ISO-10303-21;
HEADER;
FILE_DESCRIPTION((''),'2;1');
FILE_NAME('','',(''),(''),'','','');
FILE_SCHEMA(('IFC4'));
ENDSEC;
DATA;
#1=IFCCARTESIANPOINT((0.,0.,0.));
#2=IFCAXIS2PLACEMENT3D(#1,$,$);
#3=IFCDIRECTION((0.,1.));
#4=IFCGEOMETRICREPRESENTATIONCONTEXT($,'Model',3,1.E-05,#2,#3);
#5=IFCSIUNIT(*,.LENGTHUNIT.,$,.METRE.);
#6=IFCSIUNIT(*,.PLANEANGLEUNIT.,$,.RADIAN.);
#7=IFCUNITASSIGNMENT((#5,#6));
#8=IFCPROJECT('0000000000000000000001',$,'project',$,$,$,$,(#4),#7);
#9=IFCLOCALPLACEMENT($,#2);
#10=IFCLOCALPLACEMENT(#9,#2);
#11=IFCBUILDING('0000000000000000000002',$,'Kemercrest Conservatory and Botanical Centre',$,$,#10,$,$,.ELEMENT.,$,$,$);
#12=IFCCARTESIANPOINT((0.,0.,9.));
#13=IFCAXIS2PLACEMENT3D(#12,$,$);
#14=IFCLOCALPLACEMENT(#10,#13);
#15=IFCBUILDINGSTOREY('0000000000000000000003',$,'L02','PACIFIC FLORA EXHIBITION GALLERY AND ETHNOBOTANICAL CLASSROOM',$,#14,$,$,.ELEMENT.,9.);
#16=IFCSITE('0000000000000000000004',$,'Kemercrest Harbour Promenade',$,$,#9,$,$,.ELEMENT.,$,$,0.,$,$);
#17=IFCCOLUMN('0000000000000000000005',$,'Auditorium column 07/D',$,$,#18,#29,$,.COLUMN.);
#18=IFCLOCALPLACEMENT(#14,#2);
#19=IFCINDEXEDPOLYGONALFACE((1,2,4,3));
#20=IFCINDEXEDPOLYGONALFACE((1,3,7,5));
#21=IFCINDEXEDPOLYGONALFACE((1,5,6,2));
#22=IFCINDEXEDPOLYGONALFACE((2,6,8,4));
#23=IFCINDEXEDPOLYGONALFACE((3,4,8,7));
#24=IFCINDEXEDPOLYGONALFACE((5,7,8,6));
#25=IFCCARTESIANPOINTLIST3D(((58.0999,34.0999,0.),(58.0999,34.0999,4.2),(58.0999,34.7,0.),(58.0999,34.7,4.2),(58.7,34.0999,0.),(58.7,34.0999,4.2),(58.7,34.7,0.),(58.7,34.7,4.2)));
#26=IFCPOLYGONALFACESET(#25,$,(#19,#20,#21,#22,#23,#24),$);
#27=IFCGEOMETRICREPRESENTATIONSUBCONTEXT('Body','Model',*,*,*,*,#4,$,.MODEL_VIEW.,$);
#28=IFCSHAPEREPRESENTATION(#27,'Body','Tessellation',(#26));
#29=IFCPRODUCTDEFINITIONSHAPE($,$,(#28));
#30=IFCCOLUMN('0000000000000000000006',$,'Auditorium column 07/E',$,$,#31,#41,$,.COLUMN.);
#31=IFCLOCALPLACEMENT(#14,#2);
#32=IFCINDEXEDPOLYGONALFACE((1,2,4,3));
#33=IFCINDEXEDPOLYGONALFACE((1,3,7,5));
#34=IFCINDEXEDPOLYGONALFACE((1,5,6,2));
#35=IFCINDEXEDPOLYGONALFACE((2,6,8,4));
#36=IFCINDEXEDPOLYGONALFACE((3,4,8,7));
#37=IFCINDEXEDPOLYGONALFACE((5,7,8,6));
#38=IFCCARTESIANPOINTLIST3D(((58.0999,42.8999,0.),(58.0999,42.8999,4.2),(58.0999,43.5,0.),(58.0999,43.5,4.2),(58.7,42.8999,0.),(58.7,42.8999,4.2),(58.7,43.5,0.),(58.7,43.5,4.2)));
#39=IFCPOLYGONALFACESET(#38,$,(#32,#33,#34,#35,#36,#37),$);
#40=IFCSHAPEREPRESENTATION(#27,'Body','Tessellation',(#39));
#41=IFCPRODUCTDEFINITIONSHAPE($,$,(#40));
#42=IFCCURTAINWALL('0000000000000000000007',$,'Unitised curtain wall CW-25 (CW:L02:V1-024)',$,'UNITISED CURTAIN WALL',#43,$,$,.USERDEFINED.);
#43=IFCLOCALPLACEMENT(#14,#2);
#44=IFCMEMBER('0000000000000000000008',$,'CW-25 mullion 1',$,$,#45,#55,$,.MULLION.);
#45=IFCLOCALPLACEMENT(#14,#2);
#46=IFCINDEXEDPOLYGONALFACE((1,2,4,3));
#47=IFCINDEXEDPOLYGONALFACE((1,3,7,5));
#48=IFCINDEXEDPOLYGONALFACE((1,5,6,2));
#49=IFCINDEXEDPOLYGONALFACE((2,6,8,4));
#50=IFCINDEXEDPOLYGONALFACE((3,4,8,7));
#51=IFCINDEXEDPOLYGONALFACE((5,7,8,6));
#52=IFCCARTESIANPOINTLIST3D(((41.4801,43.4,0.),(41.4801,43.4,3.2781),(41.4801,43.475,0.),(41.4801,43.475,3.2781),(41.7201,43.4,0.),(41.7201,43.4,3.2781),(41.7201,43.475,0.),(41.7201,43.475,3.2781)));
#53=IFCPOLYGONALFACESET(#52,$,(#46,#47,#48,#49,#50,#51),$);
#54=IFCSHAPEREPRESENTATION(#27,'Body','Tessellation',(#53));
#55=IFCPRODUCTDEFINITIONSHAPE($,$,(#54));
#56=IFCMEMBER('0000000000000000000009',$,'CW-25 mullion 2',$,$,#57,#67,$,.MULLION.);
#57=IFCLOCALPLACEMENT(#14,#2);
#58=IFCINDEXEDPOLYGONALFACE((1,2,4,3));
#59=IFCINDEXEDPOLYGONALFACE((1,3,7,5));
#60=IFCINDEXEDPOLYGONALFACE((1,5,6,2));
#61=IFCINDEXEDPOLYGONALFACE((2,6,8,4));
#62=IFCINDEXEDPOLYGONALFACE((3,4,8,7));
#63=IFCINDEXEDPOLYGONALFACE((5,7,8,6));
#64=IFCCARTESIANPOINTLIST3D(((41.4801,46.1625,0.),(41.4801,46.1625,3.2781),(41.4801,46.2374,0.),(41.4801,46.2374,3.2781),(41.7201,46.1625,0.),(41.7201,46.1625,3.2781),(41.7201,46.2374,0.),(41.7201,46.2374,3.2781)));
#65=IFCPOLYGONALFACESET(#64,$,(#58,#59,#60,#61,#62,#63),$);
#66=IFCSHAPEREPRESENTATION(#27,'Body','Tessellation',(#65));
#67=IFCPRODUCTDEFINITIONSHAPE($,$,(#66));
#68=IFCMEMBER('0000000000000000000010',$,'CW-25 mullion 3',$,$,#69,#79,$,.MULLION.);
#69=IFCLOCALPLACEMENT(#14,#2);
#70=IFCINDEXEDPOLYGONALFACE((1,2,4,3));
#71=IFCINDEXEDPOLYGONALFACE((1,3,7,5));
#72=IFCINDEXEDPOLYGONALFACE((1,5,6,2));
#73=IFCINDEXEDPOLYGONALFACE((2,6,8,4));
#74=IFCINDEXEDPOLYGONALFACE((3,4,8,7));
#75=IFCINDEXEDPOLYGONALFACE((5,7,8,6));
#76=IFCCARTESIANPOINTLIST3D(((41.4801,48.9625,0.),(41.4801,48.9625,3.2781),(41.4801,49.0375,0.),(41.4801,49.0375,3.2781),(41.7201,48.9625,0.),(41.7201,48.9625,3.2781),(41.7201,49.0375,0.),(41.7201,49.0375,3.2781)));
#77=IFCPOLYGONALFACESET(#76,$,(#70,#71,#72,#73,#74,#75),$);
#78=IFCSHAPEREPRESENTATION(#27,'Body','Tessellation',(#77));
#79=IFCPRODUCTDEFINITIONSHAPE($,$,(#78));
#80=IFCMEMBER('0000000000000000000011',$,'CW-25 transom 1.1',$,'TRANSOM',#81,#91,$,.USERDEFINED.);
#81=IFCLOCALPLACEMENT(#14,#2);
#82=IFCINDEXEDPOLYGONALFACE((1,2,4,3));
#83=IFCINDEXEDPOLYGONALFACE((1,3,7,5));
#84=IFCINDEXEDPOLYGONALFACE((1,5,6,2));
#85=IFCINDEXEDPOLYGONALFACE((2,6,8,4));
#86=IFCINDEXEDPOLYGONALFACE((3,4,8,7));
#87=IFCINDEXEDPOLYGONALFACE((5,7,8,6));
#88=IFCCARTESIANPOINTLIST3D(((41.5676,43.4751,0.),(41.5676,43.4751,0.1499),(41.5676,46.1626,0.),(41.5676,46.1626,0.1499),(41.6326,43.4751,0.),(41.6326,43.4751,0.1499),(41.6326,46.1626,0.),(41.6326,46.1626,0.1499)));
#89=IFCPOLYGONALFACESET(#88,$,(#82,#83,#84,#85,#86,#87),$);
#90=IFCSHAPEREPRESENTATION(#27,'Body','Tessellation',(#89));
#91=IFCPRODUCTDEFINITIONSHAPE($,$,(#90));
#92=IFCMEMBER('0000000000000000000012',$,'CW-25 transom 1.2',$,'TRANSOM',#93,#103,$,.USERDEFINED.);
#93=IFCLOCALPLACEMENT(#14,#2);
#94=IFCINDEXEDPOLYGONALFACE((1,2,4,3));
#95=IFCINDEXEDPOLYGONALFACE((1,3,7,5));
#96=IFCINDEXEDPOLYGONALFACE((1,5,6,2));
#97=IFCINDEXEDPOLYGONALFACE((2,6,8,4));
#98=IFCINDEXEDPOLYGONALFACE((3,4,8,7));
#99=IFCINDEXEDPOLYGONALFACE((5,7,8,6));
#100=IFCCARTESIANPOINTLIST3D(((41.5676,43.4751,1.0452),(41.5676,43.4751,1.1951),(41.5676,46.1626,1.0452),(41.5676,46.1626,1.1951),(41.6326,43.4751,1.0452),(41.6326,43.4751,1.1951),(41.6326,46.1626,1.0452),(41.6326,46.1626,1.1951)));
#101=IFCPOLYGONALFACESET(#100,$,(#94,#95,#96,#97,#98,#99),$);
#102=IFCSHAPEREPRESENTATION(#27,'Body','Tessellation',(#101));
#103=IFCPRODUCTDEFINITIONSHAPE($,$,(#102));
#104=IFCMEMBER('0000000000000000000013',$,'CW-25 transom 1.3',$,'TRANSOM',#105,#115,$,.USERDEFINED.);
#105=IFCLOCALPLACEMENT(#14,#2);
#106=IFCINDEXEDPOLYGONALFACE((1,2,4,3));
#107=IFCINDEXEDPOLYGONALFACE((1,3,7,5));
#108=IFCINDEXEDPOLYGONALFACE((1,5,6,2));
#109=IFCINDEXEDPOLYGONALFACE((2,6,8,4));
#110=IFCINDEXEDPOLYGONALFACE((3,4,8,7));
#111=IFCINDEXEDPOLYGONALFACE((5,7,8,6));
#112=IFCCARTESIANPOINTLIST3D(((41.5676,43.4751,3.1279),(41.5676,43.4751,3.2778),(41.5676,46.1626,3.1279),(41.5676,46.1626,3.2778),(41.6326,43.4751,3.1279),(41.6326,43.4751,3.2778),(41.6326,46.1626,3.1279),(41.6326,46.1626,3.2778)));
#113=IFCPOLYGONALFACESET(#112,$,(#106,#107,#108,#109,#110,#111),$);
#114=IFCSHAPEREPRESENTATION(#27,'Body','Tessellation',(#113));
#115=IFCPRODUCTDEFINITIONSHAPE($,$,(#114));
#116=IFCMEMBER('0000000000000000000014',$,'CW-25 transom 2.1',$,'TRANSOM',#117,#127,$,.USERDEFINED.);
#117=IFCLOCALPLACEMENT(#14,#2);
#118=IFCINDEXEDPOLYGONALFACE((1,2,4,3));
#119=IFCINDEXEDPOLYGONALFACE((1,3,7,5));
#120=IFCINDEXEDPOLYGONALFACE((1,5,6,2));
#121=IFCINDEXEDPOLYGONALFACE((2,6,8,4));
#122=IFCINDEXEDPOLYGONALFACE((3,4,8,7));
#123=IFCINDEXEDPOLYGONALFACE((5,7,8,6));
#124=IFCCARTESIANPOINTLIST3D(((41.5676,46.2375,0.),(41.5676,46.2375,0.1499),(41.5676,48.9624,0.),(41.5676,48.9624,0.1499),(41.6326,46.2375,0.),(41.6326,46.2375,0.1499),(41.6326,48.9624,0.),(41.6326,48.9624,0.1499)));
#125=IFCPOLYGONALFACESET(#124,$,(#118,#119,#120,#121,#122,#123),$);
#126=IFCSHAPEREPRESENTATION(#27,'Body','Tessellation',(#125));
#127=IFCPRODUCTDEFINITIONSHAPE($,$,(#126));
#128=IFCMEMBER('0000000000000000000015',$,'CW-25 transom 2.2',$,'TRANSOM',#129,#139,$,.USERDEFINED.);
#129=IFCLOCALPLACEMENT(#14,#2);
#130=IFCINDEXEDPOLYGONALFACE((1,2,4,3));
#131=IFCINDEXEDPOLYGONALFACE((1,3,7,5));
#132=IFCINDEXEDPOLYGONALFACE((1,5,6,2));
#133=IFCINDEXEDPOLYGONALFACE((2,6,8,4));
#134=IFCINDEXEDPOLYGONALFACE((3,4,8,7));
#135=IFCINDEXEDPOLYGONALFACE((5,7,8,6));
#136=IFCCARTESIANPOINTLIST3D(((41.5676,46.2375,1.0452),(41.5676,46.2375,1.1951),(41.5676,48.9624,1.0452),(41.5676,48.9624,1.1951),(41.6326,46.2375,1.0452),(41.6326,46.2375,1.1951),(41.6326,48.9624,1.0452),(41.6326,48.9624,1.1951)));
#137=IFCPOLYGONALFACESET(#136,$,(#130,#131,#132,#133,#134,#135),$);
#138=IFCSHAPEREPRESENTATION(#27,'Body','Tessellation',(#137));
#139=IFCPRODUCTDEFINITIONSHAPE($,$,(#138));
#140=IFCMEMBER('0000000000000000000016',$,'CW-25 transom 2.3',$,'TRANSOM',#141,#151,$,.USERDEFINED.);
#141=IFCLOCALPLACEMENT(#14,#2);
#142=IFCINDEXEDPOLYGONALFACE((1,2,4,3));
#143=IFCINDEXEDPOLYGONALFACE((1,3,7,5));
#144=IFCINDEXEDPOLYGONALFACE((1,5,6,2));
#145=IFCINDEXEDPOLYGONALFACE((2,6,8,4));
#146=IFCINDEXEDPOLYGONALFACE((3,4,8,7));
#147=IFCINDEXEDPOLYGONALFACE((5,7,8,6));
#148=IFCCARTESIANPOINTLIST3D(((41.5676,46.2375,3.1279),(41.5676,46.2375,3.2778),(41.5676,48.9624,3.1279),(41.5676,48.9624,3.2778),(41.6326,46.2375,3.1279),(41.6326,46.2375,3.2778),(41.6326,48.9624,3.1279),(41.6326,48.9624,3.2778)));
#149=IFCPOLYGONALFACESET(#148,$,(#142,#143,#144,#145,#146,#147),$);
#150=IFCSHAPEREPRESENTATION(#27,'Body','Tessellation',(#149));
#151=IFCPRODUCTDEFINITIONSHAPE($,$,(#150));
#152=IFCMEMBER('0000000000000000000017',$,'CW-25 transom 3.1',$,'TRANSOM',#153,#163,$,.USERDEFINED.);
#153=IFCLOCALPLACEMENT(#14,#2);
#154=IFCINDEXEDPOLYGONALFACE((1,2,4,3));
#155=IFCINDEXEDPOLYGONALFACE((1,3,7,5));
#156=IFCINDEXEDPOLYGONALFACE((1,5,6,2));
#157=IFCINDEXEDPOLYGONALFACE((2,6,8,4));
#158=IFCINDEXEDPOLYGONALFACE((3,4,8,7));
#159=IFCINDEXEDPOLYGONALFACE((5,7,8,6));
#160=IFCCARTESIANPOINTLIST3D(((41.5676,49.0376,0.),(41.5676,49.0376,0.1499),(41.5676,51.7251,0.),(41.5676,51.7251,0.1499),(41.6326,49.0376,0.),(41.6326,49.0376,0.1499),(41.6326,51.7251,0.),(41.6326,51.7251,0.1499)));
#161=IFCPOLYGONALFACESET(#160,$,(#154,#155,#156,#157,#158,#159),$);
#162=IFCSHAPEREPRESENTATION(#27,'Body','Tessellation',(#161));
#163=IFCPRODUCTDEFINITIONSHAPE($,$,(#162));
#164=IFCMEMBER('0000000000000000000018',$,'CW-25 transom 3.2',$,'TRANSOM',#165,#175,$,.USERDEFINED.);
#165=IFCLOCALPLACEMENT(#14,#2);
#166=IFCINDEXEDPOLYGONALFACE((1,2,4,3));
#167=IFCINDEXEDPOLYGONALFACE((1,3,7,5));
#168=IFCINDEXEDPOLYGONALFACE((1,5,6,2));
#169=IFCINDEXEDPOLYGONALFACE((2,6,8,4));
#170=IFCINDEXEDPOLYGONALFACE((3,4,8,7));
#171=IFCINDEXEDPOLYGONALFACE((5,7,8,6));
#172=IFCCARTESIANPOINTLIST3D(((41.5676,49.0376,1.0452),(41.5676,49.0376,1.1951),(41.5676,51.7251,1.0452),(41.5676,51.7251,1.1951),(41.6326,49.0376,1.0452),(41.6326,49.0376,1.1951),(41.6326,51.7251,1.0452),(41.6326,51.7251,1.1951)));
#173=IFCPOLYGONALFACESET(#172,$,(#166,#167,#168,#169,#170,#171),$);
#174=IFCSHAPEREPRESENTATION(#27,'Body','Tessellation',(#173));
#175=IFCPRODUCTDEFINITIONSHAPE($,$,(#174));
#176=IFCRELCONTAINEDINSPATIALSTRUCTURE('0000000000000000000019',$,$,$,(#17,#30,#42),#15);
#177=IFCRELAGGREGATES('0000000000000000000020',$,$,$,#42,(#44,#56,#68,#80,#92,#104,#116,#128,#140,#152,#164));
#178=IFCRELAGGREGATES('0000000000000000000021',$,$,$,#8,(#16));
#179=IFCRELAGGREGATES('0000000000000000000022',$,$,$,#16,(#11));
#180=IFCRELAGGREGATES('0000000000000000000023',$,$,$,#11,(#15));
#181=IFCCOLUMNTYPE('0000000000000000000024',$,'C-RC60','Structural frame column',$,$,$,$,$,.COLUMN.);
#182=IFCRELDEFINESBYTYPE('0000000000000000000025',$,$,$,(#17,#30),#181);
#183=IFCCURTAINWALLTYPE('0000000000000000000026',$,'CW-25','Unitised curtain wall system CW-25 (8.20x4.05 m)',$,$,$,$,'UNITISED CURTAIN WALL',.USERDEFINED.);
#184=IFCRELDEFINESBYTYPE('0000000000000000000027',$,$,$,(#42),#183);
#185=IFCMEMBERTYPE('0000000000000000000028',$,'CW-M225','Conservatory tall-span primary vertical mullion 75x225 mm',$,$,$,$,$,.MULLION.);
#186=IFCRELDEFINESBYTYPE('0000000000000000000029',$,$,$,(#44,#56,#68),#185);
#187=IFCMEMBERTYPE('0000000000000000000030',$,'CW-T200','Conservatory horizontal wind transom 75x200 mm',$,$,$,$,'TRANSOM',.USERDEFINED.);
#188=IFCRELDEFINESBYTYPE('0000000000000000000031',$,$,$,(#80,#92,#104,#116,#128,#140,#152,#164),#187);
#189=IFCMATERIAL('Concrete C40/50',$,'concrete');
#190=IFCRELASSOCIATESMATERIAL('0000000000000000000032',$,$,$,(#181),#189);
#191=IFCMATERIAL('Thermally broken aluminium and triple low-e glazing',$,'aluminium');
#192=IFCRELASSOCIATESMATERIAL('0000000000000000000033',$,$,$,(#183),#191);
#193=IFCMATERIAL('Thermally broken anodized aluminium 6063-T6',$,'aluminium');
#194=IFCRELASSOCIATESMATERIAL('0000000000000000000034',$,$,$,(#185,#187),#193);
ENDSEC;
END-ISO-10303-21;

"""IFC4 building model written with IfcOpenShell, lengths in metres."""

from ifc_helpers import new_model, si_unit, direction, frame, origin, origin_2d, place, context, subcontext, project, spatial, rectangle, extrude, material, material_profile, profile_set, type_object, element, aggregate, save


model = new_model("IFC4")

# Units and contexts
model_context = context("Model", 3, precision=1e-05, world=origin(), true_north=direction((0.0, 1.0)))
body_context = subcontext(model_context, "Body", "Model", "MODEL_VIEW")
ifc_project = project(units=[si_unit("LENGTHUNIT", "METRE"), si_unit("PLANEANGLEUNIT", "RADIAN")], contexts=[model_context])

# Site, building, storey
site_placement = place(None, origin())
site = spatial("IfcSite", under=ifc_project, at=site_placement, Name="Kemercrest Harbour Promenade", CompositionType="ELEMENT", RefElevation=0.0)
building_placement = place(site_placement, origin())
building = spatial("IfcBuilding", under=site, at=building_placement, Name="Kemercrest Conservatory and Botanical Centre", CompositionType="ELEMENT")
storey_placement = place(building_placement, frame((0.0, 0.0, 9.0)))
storey = spatial("IfcBuildingStorey", under=building, at=storey_placement, Name="L02", Description="PACIFIC FLORA EXHIBITION GALLERY AND ETHNOBOTANICAL CLASSROOM", CompositionType="ELEMENT", Elevation=9.0)

# Columns
ifc_material_1 = material(Name="Concrete C40/50", Category="concrete")
ifc_material_profile_1 = material_profile(ifc_material_1, rectangle(XDim=0.6001, YDim=0.6001, at=origin_2d()), Name="RC 600x600")
ifc_profile_set_1 = profile_set([ifc_material_profile_1], Name="Concrete C40/50")
column_type = type_object("IfcColumnType", Name="C-RC60", Description="Structural frame column", PredefinedType="COLUMN", material=ifc_profile_set_1)
for number, where, z_axis, x_axis, name in (
    (1, (58.3999, 34.3999, 0.0), (0.0, 0.0, 1.0), (1.0, 0.0, 0.0), "Auditorium column 07/D"),
    (2, (58.3999, 43.2, 0.0), (0.0, 0.0, 1.0), (1.0, 0.0, 0.0), "Auditorium column 07/E"),
):
    element("IfcColumn", number, at=place(storey_placement, frame(where, z_axis=z_axis, x_axis=x_axis)), inside=storey, type_object=column_type, Name=name, PredefinedType="COLUMN", context=body_context, shape_type="SweptSolid", body=[
        extrude(rectangle(XDim=0.6001, YDim=0.6001, at=origin_2d()), origin(), (0.0, 0.0, 1.0), 4.2),
    ])

# Curtain wall, members
ifc_material_2 = material(Name="Thermally broken aluminium and triple low-e glazing", Category="aluminium")
curtain_wall_type = type_object("IfcCurtainWallType", Name="CW-25", Description="Unitised curtain wall system CW-25 (8.20x4.05 m)", ElementType="UNITISED CURTAIN WALL", PredefinedType="USERDEFINED", material=ifc_material_2)
curtain_wall_placement = place(storey_placement, origin())
curtain_wall = element("IfcCurtainWall", 3, at=curtain_wall_placement, inside=storey, type_object=curtain_wall_type, Name="Unitised curtain wall CW-25 (CW:L02:V1-024)", ObjectType="UNITISED CURTAIN WALL", PredefinedType="USERDEFINED")
ifc_material_3 = material(Name="Thermally broken anodized aluminium 6063-T6", Category="aluminium")
ifc_material_profile_2 = material_profile(ifc_material_3, rectangle(XDim=0.24, YDim=0.075, at=origin_2d()), Name="AL MULLION 75x240")
ifc_profile_set_2 = profile_set([ifc_material_profile_2], Name="Thermally broken anodized aluminium 6063-T6")
member_type_1 = type_object("IfcMemberType", Name="CW-M225", Description="Conservatory tall-span primary vertical mullion 75x225 mm", PredefinedType="MULLION", material=ifc_profile_set_2)
member_1_placement = place(storey_placement, frame((41.6001, 43.4375, 0.0), z_axis=(0.0, 0.0, 1.0), x_axis=(-1.0, 0.0, 0.0)))
member_1 = element("IfcMember", 4, at=member_1_placement, type_object=member_type_1, Name="CW-25 mullion 1", PredefinedType="MULLION", context=body_context, shape_type="SweptSolid", body=[
    extrude(rectangle(XDim=0.24, YDim=0.075, at=origin_2d()), origin(), (0.0, 0.0, 1.0), 3.2781),
])
member_2_placement = place(storey_placement, frame((41.6001, 46.2, 0.0), z_axis=(0.0, 0.0, 1.0), x_axis=(-1.0, 0.0, 0.0)))
member_2 = element("IfcMember", 5, at=member_2_placement, type_object=member_type_1, Name="CW-25 mullion 2", PredefinedType="MULLION", context=body_context, shape_type="SweptSolid", body=[
    extrude(rectangle(XDim=0.24, YDim=0.075, at=origin_2d()), origin(), (0.0, 0.0, 1.0), 3.2781),
])
member_3_placement = place(storey_placement, frame((41.6001, 49.0, 0.0), z_axis=(0.0, 0.0, 1.0), x_axis=(-1.0, 0.0, 0.0)))
member_3 = element("IfcMember", 6, at=member_3_placement, type_object=member_type_1, Name="CW-25 mullion 3", PredefinedType="MULLION", context=body_context, shape_type="SweptSolid", body=[
    extrude(rectangle(XDim=0.24, YDim=0.075, at=origin_2d()), origin(), (0.0, 0.0, 1.0), 3.2781),
])
ifc_material_profile_3 = material_profile(ifc_material_3, rectangle(XDim=0.0649, YDim=0.1499, at=origin_2d()), Name="AL TRANSOM 65x150")
ifc_profile_set_3 = profile_set([ifc_material_profile_3], Name="Thermally broken anodized aluminium 6063-T6")
member_type_2 = type_object("IfcMemberType", Name="CW-T200", Description="Conservatory horizontal wind transom 75x200 mm", ElementType="TRANSOM", PredefinedType="USERDEFINED", material=ifc_profile_set_3)
member_4_placement = place(storey_placement, frame((41.6001, 43.4751, 0.075), z_axis=(0.0, 1.0, 0.0), x_axis=(-1.0, 0.0, 0.0)))
member_4 = element("IfcMember", 7, at=member_4_placement, type_object=member_type_2, Name="CW-25 transom 1.1", ObjectType="TRANSOM", PredefinedType="USERDEFINED", context=body_context, shape_type="SweptSolid", body=[
    extrude(rectangle(XDim=0.0649, YDim=0.1499, at=origin_2d()), origin(), (0.0, 0.0, 1.0), 2.6875),
])
member_5_placement = place(storey_placement, frame((41.6001, 43.4751, 1.1201), z_axis=(0.0, 1.0, 0.0), x_axis=(-1.0, 0.0, 0.0)))
member_5 = element("IfcMember", 8, at=member_5_placement, type_object=member_type_2, Name="CW-25 transom 1.2", ObjectType="TRANSOM", PredefinedType="USERDEFINED", context=body_context, shape_type="SweptSolid", body=[
    extrude(rectangle(XDim=0.0649, YDim=0.1499, at=origin_2d()), origin(), (0.0, 0.0, 1.0), 2.6875),
])
member_6_placement = place(storey_placement, frame((41.6001, 43.4751, 3.2029), z_axis=(0.0, 1.0, 0.0), x_axis=(-1.0, 0.0, 0.0)))
member_6 = element("IfcMember", 9, at=member_6_placement, type_object=member_type_2, Name="CW-25 transom 1.3", ObjectType="TRANSOM", PredefinedType="USERDEFINED", context=body_context, shape_type="SweptSolid", body=[
    extrude(rectangle(XDim=0.0649, YDim=0.1499, at=origin_2d()), origin(), (0.0, 0.0, 1.0), 2.6875),
])
member_7_placement = place(storey_placement, frame((41.6001, 46.2375, 0.075), z_axis=(0.0, 1.0, 0.0), x_axis=(-1.0, 0.0, 0.0)))
member_7 = element("IfcMember", 10, at=member_7_placement, type_object=member_type_2, Name="CW-25 transom 2.1", ObjectType="TRANSOM", PredefinedType="USERDEFINED", context=body_context, shape_type="SweptSolid", body=[
    extrude(rectangle(XDim=0.0649, YDim=0.1499, at=origin_2d()), origin(), (0.0, 0.0, 1.0), 2.7249),
])
member_8_placement = place(storey_placement, frame((41.6001, 46.2375, 1.1201), z_axis=(0.0, 1.0, 0.0), x_axis=(-1.0, 0.0, 0.0)))
member_8 = element("IfcMember", 11, at=member_8_placement, type_object=member_type_2, Name="CW-25 transom 2.2", ObjectType="TRANSOM", PredefinedType="USERDEFINED", context=body_context, shape_type="SweptSolid", body=[
    extrude(rectangle(XDim=0.0649, YDim=0.1499, at=origin_2d()), origin(), (0.0, 0.0, 1.0), 2.7249),
])
member_9_placement = place(storey_placement, frame((41.6001, 46.2375, 3.2029), z_axis=(0.0, 1.0, 0.0), x_axis=(-1.0, 0.0, 0.0)))
member_9 = element("IfcMember", 12, at=member_9_placement, type_object=member_type_2, Name="CW-25 transom 2.3", ObjectType="TRANSOM", PredefinedType="USERDEFINED", context=body_context, shape_type="SweptSolid", body=[
    extrude(rectangle(XDim=0.0649, YDim=0.1499, at=origin_2d()), origin(), (0.0, 0.0, 1.0), 2.7249),
])
member_10_placement = place(storey_placement, frame((41.6001, 49.0376, 0.075), z_axis=(0.0, 1.0, 0.0), x_axis=(-1.0, 0.0, 0.0)))
member_10 = element("IfcMember", 13, at=member_10_placement, type_object=member_type_2, Name="CW-25 transom 3.1", ObjectType="TRANSOM", PredefinedType="USERDEFINED", context=body_context, shape_type="SweptSolid", body=[
    extrude(rectangle(XDim=0.0649, YDim=0.1499, at=origin_2d()), origin(), (0.0, 0.0, 1.0), 2.6875),
])
member_11_placement = place(storey_placement, frame((41.6001, 49.0376, 1.1201), z_axis=(0.0, 1.0, 0.0), x_axis=(-1.0, 0.0, 0.0)))
member_11 = element("IfcMember", 14, at=member_11_placement, type_object=member_type_2, Name="CW-25 transom 3.2", ObjectType="TRANSOM", PredefinedType="USERDEFINED", context=body_context, shape_type="SweptSolid", body=[
    extrude(rectangle(XDim=0.0649, YDim=0.1499, at=origin_2d()), origin(), (0.0, 0.0, 1.0), 2.6875),
])

aggregate(curtain_wall, [member_1, member_2, member_3, member_4, member_5, member_6, member_7, member_8, member_9, member_10, member_11])

save(model, "model.ifc")
